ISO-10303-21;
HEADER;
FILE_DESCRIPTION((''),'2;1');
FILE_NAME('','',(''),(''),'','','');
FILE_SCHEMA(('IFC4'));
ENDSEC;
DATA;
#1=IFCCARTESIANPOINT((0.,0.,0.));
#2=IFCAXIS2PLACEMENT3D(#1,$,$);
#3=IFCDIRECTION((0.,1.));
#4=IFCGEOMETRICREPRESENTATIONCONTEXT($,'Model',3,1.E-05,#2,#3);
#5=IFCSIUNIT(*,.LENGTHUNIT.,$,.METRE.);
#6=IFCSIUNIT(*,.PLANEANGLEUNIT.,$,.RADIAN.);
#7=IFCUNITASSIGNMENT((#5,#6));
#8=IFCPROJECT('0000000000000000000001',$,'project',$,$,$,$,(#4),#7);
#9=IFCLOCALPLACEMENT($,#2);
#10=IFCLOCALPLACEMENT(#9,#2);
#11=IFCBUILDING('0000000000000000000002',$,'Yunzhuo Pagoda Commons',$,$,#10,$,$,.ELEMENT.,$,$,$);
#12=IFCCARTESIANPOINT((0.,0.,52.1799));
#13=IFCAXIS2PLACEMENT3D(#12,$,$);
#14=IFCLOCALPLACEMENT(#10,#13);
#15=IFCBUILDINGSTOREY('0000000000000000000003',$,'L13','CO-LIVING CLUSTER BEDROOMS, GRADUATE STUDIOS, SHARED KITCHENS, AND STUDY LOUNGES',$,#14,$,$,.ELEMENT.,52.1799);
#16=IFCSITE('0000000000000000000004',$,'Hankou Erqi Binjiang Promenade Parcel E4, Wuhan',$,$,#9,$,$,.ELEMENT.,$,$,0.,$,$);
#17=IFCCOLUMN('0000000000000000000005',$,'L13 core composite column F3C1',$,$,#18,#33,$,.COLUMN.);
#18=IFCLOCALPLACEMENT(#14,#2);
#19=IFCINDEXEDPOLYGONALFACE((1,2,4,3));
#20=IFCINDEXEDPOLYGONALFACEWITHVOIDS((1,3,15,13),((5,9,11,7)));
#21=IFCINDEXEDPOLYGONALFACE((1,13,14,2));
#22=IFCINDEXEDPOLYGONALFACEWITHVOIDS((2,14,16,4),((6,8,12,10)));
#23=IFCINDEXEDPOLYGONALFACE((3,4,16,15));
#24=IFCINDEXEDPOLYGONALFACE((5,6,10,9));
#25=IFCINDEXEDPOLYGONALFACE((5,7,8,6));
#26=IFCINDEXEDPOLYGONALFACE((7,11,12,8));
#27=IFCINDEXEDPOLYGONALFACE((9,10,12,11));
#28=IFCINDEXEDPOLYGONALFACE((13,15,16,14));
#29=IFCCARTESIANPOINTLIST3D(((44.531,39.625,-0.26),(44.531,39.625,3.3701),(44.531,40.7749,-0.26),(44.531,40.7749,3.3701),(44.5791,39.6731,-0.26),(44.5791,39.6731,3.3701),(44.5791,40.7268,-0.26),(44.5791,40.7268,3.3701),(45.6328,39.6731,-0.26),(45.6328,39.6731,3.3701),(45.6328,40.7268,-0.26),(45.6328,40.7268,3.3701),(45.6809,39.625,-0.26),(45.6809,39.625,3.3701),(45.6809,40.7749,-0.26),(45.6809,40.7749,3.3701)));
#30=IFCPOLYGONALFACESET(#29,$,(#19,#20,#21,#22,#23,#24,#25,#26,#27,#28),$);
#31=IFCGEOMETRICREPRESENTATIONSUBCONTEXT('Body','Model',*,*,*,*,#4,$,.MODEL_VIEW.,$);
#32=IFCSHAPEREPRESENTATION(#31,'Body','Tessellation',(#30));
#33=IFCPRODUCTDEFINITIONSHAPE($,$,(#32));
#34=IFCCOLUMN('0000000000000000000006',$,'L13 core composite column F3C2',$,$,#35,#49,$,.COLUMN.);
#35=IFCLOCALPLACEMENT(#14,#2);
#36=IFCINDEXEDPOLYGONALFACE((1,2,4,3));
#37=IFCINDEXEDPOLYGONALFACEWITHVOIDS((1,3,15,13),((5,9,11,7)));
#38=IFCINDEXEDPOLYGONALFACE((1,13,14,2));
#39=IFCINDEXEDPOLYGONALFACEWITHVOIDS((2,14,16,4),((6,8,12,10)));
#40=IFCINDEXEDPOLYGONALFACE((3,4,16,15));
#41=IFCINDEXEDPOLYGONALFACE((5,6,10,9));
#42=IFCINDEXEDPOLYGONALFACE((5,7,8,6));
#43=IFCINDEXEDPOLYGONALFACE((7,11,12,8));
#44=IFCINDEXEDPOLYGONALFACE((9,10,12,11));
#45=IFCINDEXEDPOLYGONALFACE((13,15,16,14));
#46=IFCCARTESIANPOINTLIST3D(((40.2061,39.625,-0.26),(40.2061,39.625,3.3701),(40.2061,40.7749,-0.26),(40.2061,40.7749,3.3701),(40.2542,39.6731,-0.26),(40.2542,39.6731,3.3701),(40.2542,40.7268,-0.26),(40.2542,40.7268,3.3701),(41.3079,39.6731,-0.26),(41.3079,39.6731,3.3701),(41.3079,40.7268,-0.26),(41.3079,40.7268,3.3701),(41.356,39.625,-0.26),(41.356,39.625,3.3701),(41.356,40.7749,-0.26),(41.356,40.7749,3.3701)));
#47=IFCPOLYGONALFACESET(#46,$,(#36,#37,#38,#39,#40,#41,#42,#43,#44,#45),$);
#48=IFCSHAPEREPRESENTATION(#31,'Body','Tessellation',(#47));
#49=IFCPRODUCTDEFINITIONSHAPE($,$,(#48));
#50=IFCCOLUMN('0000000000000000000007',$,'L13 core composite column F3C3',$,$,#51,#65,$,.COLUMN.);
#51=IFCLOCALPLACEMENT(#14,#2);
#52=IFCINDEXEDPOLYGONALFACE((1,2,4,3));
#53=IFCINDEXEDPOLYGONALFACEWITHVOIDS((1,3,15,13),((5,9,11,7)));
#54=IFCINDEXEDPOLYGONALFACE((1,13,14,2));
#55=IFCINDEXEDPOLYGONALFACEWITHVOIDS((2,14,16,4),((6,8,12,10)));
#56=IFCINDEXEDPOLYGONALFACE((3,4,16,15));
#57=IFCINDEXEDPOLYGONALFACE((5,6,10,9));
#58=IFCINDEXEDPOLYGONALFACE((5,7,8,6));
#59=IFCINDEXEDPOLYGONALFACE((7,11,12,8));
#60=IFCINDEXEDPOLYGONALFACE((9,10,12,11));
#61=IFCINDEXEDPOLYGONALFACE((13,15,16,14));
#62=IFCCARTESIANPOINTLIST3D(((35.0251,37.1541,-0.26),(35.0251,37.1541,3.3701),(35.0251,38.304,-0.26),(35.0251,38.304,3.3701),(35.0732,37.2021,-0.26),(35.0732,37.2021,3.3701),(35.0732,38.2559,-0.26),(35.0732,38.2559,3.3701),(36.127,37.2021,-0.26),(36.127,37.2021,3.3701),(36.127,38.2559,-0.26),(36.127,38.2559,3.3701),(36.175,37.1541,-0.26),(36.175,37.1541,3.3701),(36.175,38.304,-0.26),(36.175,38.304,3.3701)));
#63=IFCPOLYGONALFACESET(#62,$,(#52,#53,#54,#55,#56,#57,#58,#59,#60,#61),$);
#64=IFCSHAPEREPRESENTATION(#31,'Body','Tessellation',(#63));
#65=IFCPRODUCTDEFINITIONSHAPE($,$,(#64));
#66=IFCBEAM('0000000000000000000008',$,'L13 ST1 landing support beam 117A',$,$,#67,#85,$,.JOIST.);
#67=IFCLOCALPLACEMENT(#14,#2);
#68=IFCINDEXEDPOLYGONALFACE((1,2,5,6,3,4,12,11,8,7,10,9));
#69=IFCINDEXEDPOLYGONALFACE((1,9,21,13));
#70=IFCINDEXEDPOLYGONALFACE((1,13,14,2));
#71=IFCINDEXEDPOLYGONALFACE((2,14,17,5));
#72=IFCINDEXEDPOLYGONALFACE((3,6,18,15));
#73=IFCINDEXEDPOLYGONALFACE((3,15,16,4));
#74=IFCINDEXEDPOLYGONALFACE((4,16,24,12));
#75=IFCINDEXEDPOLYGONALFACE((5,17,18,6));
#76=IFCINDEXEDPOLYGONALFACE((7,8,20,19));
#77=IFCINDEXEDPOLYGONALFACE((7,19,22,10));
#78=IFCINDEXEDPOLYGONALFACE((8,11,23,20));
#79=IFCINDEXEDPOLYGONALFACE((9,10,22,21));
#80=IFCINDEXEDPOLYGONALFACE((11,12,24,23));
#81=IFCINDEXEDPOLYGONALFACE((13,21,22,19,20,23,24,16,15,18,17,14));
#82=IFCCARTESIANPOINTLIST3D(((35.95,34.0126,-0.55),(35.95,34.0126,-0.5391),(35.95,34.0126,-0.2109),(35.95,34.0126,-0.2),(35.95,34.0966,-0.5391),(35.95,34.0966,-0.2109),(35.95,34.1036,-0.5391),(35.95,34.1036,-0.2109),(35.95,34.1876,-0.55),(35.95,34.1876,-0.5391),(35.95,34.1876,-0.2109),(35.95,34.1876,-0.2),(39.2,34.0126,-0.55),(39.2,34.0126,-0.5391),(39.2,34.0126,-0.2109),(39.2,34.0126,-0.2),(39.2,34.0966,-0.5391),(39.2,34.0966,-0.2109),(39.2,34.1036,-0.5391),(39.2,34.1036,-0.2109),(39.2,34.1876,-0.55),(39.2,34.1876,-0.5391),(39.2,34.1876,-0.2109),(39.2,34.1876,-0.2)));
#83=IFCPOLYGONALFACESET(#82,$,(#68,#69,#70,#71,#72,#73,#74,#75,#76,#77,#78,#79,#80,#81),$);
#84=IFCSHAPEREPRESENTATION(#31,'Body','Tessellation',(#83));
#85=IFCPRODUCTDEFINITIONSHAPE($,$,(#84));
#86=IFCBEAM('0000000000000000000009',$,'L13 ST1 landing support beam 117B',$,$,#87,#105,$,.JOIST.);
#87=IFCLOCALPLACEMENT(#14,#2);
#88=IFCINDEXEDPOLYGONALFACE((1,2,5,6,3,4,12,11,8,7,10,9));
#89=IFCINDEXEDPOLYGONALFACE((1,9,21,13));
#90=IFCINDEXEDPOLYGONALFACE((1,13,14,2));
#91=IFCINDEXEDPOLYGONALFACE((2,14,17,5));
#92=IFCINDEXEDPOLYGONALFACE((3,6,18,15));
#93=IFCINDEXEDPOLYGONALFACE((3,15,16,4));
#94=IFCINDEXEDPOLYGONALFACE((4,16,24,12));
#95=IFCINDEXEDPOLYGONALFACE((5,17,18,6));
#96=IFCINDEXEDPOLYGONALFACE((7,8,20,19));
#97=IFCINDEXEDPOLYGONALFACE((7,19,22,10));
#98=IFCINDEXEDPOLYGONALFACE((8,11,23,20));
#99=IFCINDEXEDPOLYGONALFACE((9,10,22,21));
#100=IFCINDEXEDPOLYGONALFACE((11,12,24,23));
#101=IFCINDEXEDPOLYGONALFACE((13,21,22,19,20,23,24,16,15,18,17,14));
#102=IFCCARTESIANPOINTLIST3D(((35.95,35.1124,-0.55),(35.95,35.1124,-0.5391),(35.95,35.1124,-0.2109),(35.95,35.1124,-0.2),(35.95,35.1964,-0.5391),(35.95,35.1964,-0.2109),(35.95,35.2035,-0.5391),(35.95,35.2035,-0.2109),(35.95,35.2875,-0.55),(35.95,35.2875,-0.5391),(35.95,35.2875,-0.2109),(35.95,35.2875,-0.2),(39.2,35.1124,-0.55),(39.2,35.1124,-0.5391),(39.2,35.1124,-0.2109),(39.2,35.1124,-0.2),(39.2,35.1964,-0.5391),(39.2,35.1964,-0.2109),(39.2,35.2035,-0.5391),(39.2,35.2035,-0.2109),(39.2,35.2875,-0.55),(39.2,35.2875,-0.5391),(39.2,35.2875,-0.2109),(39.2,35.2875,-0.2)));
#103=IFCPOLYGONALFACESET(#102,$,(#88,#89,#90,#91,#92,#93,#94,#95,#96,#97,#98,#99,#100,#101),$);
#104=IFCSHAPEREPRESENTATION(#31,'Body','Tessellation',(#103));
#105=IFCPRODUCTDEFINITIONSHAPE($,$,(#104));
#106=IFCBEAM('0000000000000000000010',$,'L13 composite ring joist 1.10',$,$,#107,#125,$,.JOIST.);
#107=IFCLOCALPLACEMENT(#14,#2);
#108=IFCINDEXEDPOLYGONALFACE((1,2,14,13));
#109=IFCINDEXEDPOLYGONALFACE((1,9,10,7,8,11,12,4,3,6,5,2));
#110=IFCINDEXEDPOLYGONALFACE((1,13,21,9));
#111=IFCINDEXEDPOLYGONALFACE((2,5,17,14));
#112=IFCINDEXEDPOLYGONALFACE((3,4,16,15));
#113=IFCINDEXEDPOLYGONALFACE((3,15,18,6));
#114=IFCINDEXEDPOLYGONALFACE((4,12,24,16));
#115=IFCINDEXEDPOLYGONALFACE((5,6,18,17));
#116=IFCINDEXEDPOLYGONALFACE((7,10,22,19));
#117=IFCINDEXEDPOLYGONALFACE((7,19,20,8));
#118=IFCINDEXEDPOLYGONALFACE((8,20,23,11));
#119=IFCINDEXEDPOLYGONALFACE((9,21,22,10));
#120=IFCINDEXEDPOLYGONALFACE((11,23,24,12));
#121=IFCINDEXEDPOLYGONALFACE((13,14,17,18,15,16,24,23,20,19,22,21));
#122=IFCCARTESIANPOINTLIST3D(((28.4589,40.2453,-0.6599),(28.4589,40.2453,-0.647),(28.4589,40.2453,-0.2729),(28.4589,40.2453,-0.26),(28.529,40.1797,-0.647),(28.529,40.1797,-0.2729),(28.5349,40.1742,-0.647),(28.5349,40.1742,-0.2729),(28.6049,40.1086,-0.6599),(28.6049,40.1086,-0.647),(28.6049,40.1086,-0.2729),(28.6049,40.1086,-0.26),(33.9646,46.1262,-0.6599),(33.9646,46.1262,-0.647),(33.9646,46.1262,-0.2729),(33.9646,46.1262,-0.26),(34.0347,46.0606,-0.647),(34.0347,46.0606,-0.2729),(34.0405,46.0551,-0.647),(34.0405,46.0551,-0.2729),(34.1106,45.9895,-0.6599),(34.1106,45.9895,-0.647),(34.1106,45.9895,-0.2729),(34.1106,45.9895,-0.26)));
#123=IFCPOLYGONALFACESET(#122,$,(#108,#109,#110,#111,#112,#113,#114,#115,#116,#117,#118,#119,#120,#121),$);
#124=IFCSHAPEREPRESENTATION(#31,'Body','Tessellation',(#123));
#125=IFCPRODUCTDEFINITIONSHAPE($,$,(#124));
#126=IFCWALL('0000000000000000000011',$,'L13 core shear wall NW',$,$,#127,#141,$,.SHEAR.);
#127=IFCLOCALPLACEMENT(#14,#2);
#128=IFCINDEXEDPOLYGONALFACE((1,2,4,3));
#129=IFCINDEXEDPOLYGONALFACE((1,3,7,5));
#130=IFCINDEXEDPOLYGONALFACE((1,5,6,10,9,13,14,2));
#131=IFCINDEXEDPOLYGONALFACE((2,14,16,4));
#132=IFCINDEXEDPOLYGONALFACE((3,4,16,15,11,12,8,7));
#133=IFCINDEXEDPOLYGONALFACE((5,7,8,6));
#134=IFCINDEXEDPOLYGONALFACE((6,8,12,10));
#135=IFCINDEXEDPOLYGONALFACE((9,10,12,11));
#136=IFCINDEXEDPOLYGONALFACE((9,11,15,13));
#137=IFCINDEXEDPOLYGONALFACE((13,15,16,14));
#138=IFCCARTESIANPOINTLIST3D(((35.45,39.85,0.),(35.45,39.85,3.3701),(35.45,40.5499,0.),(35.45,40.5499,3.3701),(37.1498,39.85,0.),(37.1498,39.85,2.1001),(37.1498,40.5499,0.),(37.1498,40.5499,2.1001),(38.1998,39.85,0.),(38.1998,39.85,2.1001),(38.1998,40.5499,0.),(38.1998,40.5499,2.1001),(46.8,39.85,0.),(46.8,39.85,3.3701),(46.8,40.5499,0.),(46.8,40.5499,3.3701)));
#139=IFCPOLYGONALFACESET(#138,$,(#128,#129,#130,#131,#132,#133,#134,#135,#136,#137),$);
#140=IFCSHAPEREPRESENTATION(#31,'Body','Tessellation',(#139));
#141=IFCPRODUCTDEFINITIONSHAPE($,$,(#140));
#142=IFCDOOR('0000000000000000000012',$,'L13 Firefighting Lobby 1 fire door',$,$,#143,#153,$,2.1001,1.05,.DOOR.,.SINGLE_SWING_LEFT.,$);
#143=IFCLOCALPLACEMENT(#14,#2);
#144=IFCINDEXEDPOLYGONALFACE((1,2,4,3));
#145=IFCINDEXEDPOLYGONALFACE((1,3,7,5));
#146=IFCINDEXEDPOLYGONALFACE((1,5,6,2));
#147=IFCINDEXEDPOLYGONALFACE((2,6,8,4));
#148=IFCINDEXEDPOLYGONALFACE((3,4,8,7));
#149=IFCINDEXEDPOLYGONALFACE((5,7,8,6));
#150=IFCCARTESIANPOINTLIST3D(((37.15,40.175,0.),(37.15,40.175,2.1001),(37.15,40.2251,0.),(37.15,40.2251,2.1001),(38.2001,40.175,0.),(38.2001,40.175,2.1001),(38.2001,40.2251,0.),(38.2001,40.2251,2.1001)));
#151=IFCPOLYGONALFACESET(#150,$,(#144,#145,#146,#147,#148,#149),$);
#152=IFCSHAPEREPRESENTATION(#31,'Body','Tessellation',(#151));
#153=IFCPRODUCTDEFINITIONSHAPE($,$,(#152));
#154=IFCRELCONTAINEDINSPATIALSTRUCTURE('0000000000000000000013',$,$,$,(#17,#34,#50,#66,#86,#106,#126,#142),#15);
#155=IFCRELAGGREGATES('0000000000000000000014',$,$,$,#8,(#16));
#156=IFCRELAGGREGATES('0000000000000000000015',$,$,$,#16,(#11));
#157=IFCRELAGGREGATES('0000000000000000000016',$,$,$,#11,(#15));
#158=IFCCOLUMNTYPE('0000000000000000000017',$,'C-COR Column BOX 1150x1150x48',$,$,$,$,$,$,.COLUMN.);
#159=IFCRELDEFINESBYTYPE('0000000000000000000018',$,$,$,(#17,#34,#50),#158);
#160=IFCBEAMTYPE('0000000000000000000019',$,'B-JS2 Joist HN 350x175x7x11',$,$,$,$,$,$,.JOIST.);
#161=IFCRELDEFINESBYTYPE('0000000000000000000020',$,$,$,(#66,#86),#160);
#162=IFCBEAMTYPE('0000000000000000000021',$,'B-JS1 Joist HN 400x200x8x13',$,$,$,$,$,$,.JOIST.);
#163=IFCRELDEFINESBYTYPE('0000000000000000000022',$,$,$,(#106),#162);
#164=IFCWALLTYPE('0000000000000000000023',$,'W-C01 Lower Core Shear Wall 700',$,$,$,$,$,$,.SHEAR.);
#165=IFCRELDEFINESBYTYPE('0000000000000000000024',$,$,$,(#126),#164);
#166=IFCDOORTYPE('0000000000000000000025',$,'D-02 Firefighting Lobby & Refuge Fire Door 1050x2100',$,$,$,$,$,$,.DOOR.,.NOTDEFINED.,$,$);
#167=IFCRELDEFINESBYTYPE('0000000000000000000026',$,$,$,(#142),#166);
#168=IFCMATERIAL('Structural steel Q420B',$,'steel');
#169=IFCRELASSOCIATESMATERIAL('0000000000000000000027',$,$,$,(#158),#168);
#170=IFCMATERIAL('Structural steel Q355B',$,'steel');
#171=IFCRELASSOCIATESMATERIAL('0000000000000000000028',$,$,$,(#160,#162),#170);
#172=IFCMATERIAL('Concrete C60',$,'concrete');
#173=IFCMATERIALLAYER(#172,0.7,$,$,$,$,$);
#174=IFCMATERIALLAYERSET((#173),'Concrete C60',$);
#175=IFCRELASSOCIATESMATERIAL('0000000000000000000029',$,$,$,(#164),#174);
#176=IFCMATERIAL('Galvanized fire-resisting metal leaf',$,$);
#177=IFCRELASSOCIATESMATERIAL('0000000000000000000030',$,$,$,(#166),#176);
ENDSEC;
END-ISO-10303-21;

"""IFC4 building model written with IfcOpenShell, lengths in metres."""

from ifc_helpers import new_model, si_unit, direction, frame, frame_2d, origin, origin_2d, place, context, subcontext, project, spatial, rectangle, hollow_rectangle, i_section, extrude, source, transform, mapped, material, layer, layer_set, material_profile, profile_set, type_object, element, fill, save


model = new_model("IFC4")

# Units and contexts
model_context = context("Model", 3, precision=1e-05, world=origin(), true_north=direction((0.0, 1.0)))
body_context = subcontext(model_context, "Body", "Model", "MODEL_VIEW")
ifc_project = project(units=[si_unit("LENGTHUNIT", "METRE"), si_unit("PLANEANGLEUNIT", "RADIAN")], contexts=[model_context])

# Site, building, storey
site_placement = place(None, origin())
site = spatial("IfcSite", under=ifc_project, at=site_placement, Name="Hankou Erqi Binjiang Promenade Parcel E4, Wuhan", CompositionType="ELEMENT", RefElevation=0.0)
building_placement = place(site_placement, origin())
building = spatial("IfcBuilding", under=site, at=building_placement, Name="Yunzhuo Pagoda Commons", CompositionType="ELEMENT")
storey_placement = place(building_placement, frame((0.0, 0.0, 52.1799)))
storey = spatial("IfcBuildingStorey", under=building, at=storey_placement, Name="L13", Description="CO-LIVING CLUSTER BEDROOMS, GRADUATE STUDIOS, SHARED KITCHENS, AND STUDY LOUNGES", CompositionType="ELEMENT", Elevation=52.1799)

# Columns
ifc_material_1 = material(Name="Structural steel Q420B", Category="steel")
ifc_material_profile_1 = material_profile(ifc_material_1, hollow_rectangle(XDim=1.1499, YDim=1.1499, WallThickness=0.0481, at=origin_2d()), Name="Structural steel Q420B")
ifc_profile_set_1 = profile_set([ifc_material_profile_1], Name="Structural steel Q420B")
column_type = type_object("IfcColumnType", Name="C-COR Column BOX 1150x1150x48", PredefinedType="COLUMN", material=ifc_profile_set_1)
shared_shape_1 = source(origin(), body_context, "Body", "SweptSolid", [
    extrude(hollow_rectangle(XDim=1.1499, YDim=1.1499, WallThickness=0.0481, at=origin_2d()), origin(), (0.0, 0.0, 1.0), 3.6301),
])
for number, where, z_axis, x_axis, name in (
    (1, (45.106, 40.2, -0.26), (0.0, 0.0, 1.0), (1.0, 0.0, 0.0), "L13 core composite column F3C1"),
    (2, (40.781, 40.2, -0.26), (0.0, 0.0, 1.0), (1.0, 0.0, 0.0), "L13 core composite column F3C2"),
    (3, (35.6001, 37.729, -0.26), (0.0, 0.0, 1.0), (1.0, 0.0, 0.0), "L13 core composite column F3C3"),
):
    element("IfcColumn", number, at=place(storey_placement, frame(where, z_axis=z_axis, x_axis=x_axis)), inside=storey, type_object=column_type, Name=name, PredefinedType="COLUMN", context=body_context, shape_type="MappedRepresentation", body=[
        mapped(shared_shape_1, transform((0.0, 0.0, 0.0), scale=1.0)),
    ])

# Beams
ifc_material_2 = material(Name="Structural steel Q355B", Category="steel")
ifc_material_profile_2 = material_profile(ifc_material_2, i_section(OverallWidth=0.175, OverallDepth=0.3501, WebThickness=0.0071, FlangeThickness=0.011, at=origin_2d()), Name="Structural steel Q355B")
ifc_profile_set_2 = profile_set([ifc_material_profile_2], Name="Structural steel Q355B")
beam_type_1 = type_object("IfcBeamType", Name="B-JS2 Joist HN 350x175x7x11", PredefinedType="JOIST", material=ifc_profile_set_2)
shared_shape_2 = source(origin(), body_context, "Body", "SweptSolid", [
    extrude(i_section(OverallWidth=0.175, OverallDepth=0.3501, WebThickness=0.0071, FlangeThickness=0.011, at=origin_2d()), origin(), (0.0, 0.0, 1.0), 3.25),
])
for number, where, z_axis, x_axis, name in (
    (4, (35.95, 34.1001, -0.375), (1.0, 0.0, 0.0), (0.0, 1.0, 0.0), "L13 ST1 landing support beam 117A"),
    (5, (35.95, 35.2, -0.375), (1.0, 0.0, 0.0), (0.0, 1.0, 0.0), "L13 ST1 landing support beam 117B"),
):
    element("IfcBeam", number, at=place(storey_placement, frame(where, z_axis=z_axis, x_axis=x_axis)), inside=storey, type_object=beam_type_1, Name=name, PredefinedType="JOIST", context=body_context, shape_type="MappedRepresentation", body=[
        mapped(shared_shape_2, transform((0.0, 0.0, 0.0), scale=1.0)),
    ])
ifc_material_profile_3 = material_profile(ifc_material_2, i_section(OverallWidth=0.2, OverallDepth=0.3999, WebThickness=0.0081, FlangeThickness=0.0129, at=origin_2d()), Name="Structural steel Q355B")
ifc_profile_set_3 = profile_set([ifc_material_profile_3], Name="Structural steel Q355B")
beam_type_2 = type_object("IfcBeamType", Name="B-JS1 Joist HN 400x200x8x13", PredefinedType="JOIST", material=ifc_profile_set_3)
shared_shape_3 = source(origin(), body_context, "Body", "SweptSolid", [
    extrude(i_section(OverallWidth=0.2, OverallDepth=0.3999, WebThickness=0.0081, FlangeThickness=0.0129, at=origin_2d()), origin(), (0.0, 0.0, 1.0), 8.0559),
])
beam_placement = place(storey_placement, frame((34.0376, 46.0579, -0.46), z_axis=(-0.683433, -0.730013, 0.0), x_axis=(0.730013, -0.683433, 0.0)))
element("IfcBeam", 6, at=beam_placement, inside=storey, type_object=beam_type_2, Name="L13 composite ring joist 1.10", PredefinedType="JOIST", context=body_context, shape_type="MappedRepresentation", body=[
    mapped(shared_shape_3, transform((0.0, 0.0, 0.0), scale=1.0)),
])

# Wall, opening, door
ifc_material_3 = material(Name="Concrete C60", Category="concrete")
ifc_layer_1 = layer(ifc_material_3, 0.7)
ifc_layer_set_1 = layer_set([ifc_layer_1], Name="Concrete C60")
wall_type_1 = type_object("IfcWallType", Name="W-C01 Lower Core Shear Wall 700", PredefinedType="SHEAR", material=ifc_layer_set_1)
wall_1_placement = place(storey_placement, frame((35.45, 40.2, 0.0), z_axis=(0.0, 0.0, 1.0), x_axis=(1.0, 0.0, 0.0)))
wall_1 = element("IfcWall", 7, at=wall_1_placement, inside=storey, type_object=wall_type_1, Name="L13 core shear wall NW", PredefinedType="SHEAR", context=body_context, shape_type="SweptSolid", body=[
    extrude(rectangle(XDim=11.3501, YDim=0.7, at=frame_2d((5.675, 0.0))), origin(), (0.0, 0.0, 1.0), 3.3701),
])
opening_1_placement = place(wall_1_placement, frame((1.7, 0.0, 0.0)))
opening_1 = element("IfcOpeningElement", 8, at=opening_1_placement, cuts=wall_1, PredefinedType="OPENING", context=body_context, shape_type="SweptSolid", body=[
    extrude(rectangle(XDim=1.05, YDim=2.1001, at=frame_2d((0.5249, 1.05))), frame((0.0, 0.3599, 0.0), z_axis=(0.0, -1.0, 0.0), x_axis=(1.0, 0.0, 0.0)), (0.0, 0.0, 1.0), 0.72),
])
ifc_material_4 = material(Name="Galvanized fire-resisting metal leaf")
door_type_1 = type_object("IfcDoorType", Name="D-02 Firefighting Lobby & Refuge Fire Door 1050x2100", OperationType="NOTDEFINED", PredefinedType="DOOR", material=ifc_material_4)
shared_shape_4 = source(origin(), body_context, "Body", "SweptSolid", [
    extrude(rectangle(XDim=1.05, YDim=2.1001, at=frame_2d((0.5249, 1.05))), frame((0.0, 0.0249, 0.0), z_axis=(0.0, -1.0, 0.0), x_axis=(1.0, 0.0, 0.0)), (0.0, 0.0, 1.0), 0.05),
])
door_1_placement = place(opening_1_placement, frame((1.05, 0.0, 0.0), z_axis=(0.0, 0.0, 1.0), x_axis=(-1.0, 0.0, 0.0)))
door_1 = element("IfcDoor", 9, at=door_1_placement, inside=storey, type_object=door_type_1, Name="L13 Firefighting Lobby 1 fire door", OperationType="SINGLE_SWING_LEFT", OverallHeight=2.1001, OverallWidth=1.05, PredefinedType="DOOR", context=body_context, shape_type="MappedRepresentation", body=[
    mapped(shared_shape_4, transform((0.0, 0.0, 0.0), scale=1.0)),
])
fill(opening_1, door_1)

save(model, "model.ifc")
